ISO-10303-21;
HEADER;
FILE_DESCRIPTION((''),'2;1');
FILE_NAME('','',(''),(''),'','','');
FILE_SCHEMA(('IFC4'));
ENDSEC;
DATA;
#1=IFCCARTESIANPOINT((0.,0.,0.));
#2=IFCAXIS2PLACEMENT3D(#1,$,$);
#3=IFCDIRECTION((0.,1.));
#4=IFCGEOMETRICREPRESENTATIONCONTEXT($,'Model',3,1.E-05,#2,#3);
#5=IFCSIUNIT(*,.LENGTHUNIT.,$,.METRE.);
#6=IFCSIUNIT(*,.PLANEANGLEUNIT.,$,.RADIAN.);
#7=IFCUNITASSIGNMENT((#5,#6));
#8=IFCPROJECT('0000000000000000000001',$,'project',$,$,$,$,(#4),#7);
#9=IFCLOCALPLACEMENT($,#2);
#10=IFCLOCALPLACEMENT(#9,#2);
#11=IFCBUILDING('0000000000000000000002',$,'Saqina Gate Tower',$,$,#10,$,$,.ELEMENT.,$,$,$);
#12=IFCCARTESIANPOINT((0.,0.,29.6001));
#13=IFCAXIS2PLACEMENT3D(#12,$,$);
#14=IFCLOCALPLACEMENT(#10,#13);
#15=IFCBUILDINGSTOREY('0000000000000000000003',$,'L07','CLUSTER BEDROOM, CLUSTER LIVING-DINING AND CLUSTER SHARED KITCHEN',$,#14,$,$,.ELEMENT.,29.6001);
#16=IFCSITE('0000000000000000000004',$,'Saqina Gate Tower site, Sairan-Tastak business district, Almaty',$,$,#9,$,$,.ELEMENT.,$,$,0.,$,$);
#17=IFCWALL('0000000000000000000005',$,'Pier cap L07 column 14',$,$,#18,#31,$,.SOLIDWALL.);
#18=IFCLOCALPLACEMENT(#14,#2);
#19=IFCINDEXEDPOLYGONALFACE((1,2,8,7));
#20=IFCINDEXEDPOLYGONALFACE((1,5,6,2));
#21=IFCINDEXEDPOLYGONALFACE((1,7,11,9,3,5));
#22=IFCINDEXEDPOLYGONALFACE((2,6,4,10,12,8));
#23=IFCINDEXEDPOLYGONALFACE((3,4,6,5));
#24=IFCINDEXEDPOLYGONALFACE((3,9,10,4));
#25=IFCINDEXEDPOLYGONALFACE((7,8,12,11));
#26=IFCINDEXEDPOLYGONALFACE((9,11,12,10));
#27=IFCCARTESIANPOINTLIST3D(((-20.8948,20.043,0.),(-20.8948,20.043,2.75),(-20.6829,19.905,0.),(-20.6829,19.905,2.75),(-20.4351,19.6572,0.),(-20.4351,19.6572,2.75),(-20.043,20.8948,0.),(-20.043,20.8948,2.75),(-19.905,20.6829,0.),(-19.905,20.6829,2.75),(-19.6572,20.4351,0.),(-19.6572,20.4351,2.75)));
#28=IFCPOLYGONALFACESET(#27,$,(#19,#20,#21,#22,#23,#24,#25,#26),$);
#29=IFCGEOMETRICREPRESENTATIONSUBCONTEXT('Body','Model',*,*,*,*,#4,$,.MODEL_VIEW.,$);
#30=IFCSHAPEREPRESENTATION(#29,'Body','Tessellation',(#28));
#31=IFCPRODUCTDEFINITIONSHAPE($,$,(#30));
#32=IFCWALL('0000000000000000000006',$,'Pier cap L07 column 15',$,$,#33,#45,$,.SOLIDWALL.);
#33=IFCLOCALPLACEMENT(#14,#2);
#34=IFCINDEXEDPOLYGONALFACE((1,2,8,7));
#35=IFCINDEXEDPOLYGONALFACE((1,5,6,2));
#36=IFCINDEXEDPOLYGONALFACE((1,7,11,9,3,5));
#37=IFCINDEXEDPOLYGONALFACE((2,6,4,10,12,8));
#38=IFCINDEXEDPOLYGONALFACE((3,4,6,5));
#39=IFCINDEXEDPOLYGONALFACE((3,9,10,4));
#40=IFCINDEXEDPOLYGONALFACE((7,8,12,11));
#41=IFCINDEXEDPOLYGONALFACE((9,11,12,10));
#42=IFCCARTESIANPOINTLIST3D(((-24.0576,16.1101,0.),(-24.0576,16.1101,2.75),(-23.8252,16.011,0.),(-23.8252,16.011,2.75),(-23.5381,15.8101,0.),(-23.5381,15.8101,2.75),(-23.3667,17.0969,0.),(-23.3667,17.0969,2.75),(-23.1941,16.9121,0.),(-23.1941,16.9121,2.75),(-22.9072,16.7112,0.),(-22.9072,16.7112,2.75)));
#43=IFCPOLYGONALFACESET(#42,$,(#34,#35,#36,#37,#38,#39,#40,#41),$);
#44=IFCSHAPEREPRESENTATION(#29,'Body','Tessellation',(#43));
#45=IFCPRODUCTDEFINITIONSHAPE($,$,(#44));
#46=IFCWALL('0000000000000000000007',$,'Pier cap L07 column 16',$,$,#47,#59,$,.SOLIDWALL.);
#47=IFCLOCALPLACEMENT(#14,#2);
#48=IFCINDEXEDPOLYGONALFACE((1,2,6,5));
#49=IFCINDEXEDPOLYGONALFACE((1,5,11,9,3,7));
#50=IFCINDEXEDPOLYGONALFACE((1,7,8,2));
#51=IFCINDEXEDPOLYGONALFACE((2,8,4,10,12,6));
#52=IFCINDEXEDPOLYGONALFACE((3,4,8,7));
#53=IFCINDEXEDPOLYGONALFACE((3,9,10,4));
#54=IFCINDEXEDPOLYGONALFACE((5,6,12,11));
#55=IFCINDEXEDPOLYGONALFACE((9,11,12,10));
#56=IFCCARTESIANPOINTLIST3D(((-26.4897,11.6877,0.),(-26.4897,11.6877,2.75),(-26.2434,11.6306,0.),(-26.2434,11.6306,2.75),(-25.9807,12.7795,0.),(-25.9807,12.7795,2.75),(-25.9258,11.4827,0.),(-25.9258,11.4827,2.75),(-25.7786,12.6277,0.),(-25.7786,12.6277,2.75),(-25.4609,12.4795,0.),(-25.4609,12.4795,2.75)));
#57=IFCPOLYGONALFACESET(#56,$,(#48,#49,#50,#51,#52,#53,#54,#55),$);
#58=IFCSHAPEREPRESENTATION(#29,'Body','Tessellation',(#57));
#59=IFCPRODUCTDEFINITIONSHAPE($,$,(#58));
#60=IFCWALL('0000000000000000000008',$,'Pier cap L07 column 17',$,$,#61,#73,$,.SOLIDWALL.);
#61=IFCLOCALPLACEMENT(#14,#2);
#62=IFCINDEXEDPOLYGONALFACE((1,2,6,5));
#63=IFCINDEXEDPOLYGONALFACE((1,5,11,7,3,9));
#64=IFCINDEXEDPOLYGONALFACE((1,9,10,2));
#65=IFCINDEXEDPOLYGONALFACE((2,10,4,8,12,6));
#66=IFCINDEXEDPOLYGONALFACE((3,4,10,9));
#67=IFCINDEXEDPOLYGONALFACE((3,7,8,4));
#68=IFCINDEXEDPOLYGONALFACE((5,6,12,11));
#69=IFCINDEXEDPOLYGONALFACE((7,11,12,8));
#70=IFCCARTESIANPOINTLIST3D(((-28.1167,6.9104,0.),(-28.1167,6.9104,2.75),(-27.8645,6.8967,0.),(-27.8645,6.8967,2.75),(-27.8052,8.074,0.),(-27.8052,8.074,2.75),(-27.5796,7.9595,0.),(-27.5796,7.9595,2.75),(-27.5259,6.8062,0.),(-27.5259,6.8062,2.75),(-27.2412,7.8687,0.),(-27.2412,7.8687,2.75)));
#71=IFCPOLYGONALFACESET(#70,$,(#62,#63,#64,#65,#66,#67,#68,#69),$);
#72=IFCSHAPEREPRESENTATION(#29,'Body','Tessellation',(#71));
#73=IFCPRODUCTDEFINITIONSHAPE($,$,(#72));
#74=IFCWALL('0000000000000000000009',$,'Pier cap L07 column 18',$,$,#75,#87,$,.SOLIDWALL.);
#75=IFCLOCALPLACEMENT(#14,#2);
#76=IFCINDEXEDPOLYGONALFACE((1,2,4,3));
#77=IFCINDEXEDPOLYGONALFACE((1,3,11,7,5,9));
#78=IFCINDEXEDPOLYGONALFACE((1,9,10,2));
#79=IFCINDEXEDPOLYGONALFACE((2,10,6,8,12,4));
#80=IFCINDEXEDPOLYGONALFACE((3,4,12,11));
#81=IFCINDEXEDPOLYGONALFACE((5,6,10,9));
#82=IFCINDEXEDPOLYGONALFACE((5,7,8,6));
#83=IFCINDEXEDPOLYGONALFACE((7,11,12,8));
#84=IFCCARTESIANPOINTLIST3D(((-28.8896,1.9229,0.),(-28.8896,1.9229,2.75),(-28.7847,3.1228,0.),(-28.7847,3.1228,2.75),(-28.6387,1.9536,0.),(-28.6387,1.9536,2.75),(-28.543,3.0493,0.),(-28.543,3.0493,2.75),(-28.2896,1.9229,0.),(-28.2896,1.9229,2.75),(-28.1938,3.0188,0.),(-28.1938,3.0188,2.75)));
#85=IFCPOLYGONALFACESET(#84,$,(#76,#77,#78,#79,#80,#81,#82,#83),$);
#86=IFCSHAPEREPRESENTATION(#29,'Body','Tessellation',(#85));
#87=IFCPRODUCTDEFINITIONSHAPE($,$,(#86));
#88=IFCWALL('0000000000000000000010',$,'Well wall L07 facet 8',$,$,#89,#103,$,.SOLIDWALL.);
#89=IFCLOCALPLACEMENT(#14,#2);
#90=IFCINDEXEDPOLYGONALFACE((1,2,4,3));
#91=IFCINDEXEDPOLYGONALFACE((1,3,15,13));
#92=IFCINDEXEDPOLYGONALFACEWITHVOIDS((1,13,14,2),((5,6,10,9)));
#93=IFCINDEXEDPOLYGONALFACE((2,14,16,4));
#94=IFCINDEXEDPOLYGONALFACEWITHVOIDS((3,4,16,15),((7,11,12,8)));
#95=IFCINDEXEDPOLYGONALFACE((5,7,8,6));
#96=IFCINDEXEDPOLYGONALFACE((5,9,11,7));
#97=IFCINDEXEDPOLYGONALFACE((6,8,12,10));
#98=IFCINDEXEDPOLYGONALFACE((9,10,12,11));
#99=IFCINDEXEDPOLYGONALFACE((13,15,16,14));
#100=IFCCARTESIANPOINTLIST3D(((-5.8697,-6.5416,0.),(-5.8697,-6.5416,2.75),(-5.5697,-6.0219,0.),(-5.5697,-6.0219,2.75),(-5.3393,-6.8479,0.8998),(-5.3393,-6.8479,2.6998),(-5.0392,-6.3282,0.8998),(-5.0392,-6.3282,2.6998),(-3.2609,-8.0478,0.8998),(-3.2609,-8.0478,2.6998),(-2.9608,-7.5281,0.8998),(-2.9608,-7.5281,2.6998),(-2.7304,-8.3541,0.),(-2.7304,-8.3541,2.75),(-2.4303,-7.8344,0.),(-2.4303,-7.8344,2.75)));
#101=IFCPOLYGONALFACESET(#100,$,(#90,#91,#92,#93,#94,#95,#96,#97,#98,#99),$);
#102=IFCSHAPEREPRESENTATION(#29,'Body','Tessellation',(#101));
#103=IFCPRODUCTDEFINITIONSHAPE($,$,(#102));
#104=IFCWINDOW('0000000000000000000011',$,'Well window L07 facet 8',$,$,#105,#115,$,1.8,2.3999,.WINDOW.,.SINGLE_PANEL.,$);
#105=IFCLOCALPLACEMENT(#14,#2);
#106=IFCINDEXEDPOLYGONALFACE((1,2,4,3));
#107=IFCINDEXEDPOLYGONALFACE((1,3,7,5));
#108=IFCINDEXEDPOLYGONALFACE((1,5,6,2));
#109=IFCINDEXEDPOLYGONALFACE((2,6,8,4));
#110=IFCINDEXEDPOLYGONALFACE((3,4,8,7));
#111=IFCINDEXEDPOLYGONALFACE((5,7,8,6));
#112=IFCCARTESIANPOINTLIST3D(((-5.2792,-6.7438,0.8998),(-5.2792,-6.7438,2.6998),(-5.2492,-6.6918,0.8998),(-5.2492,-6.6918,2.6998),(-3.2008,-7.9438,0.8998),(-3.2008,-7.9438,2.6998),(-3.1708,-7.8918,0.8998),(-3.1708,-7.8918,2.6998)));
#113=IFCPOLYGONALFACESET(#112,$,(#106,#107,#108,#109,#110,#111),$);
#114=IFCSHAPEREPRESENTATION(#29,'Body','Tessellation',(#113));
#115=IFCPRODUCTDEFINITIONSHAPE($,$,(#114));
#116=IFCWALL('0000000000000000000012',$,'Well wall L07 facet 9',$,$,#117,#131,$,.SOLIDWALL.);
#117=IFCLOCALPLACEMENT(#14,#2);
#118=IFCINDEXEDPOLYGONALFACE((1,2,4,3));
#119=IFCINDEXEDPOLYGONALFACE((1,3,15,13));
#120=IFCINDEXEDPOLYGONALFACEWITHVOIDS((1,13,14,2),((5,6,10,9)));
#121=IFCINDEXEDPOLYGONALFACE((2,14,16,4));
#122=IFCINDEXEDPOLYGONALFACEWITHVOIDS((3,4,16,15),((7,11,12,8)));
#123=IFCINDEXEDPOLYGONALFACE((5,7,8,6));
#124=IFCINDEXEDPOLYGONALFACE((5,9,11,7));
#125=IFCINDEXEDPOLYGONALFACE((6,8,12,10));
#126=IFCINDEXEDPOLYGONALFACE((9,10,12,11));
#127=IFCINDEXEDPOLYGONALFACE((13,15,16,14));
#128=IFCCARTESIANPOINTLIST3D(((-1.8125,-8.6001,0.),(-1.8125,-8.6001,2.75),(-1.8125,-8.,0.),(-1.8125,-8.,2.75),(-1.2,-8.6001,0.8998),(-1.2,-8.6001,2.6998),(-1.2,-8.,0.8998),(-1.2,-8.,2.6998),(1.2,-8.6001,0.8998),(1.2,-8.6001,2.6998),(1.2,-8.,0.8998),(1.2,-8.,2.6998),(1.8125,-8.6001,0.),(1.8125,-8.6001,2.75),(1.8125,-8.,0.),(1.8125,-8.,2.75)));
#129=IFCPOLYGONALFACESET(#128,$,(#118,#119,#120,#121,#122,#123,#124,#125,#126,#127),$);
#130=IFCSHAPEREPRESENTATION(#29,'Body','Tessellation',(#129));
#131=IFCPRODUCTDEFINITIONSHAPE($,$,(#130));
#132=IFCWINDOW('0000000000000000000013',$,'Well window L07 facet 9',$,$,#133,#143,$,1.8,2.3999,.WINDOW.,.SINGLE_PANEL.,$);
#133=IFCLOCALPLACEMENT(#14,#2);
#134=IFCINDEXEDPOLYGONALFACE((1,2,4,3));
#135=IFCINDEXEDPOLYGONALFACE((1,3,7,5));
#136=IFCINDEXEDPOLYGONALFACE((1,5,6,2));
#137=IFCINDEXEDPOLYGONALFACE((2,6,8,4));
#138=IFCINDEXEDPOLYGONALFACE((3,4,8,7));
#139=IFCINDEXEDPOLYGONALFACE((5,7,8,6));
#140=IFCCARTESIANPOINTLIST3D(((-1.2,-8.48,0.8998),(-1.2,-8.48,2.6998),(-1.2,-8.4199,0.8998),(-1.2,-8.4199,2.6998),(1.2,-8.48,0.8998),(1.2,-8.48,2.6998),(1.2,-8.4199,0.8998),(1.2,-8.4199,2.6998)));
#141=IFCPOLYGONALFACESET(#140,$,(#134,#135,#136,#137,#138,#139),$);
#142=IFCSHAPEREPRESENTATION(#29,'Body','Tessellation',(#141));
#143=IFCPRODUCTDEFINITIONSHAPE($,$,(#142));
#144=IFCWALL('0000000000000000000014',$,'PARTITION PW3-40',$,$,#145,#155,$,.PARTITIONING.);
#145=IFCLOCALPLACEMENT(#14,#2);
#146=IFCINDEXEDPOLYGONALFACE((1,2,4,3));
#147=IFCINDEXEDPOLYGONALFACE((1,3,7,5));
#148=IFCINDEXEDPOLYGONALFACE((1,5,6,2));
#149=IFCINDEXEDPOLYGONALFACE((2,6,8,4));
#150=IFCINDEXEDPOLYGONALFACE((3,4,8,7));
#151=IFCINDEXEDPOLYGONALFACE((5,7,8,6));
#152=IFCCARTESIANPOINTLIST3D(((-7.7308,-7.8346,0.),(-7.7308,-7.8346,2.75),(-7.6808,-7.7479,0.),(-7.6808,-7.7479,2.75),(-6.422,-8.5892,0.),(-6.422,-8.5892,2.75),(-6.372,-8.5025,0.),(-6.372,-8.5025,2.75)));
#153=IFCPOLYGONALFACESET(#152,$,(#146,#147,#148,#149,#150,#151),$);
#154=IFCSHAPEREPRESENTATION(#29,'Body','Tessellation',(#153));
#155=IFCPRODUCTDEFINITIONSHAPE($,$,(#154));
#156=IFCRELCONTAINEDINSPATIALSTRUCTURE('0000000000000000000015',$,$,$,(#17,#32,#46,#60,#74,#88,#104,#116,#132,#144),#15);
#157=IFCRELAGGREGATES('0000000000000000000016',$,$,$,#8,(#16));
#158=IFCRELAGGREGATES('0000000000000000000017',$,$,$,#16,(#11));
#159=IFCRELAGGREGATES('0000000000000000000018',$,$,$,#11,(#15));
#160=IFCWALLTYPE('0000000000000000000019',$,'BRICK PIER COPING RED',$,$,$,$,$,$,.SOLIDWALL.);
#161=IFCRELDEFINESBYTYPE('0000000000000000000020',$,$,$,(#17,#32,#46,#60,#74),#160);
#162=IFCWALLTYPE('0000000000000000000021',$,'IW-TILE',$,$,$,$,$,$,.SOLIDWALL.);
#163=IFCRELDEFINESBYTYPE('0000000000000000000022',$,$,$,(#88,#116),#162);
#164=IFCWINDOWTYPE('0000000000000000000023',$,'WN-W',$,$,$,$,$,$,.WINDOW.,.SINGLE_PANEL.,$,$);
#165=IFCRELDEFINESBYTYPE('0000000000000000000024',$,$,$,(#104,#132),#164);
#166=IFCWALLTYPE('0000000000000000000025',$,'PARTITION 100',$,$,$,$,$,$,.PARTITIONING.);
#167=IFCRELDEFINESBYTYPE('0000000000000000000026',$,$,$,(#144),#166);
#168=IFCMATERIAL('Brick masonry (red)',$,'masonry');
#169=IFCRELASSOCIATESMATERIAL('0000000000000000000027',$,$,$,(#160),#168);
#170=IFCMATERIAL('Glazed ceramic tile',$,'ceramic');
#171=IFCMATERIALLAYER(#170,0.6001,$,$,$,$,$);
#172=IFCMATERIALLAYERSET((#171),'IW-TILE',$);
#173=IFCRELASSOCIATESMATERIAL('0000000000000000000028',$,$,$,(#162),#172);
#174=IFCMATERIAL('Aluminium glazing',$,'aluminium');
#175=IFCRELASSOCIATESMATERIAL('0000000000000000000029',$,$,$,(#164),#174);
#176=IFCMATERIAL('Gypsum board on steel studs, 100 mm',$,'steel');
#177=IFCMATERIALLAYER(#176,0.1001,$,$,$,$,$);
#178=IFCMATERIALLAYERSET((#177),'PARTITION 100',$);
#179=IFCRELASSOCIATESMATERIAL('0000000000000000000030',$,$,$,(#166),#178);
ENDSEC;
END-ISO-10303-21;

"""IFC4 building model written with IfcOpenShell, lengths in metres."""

from ifc_helpers import new_model, si_unit, direction, frame, frame_2d, origin, place, context, subcontext, project, spatial, polyline, rectangle, outline, extrude, material, layer, layer_set, type_object, element, fill, save


model = new_model("IFC4")

# Units and contexts
model_context = context("Model", 3, precision=1e-05, world=origin(), true_north=direction((0.0, 1.0)))
body_context = subcontext(model_context, "Body", "Model", "MODEL_VIEW")
ifc_project = project(units=[si_unit("LENGTHUNIT", "METRE"), si_unit("PLANEANGLEUNIT", "RADIAN")], contexts=[model_context])

# Site, building, storey
site_placement = place(None, origin())
site = spatial("IfcSite", under=ifc_project, at=site_placement, Name="Saqina Gate Tower site, Sairan-Tastak business district, Almaty", CompositionType="ELEMENT", RefElevation=0.0)
building_placement = place(site_placement, origin())
building = spatial("IfcBuilding", under=site, at=building_placement, Name="Saqina Gate Tower", CompositionType="ELEMENT")
storey_placement = place(building_placement, frame((0.0, 0.0, 29.6001)))
storey = spatial("IfcBuildingStorey", under=building, at=storey_placement, Name="L07", Description="CLUSTER BEDROOM, CLUSTER LIVING-DINING AND CLUSTER SHARED KITCHEN", CompositionType="ELEMENT", Elevation=29.6001)

# Walls
ifc_material_1 = material(Name="Brick masonry (red)", Category="masonry")
wall_type_1 = type_object("IfcWallType", Name="BRICK PIER COPING RED", PredefinedType="SOLIDWALL", material=ifc_material_1)
wall_1_placement = place(storey_placement, origin())
element("IfcWall", 1, at=wall_1_placement, inside=storey, type_object=wall_type_1, Name="Pier cap L07 column 14", PredefinedType="SOLIDWALL", context=body_context, shape_type="SweptSolid", body=[
    extrude(outline(polyline([(-20.8948, 20.043), (-20.4351, 19.6572), (-20.6829, 19.905), (-19.905, 20.6829), (-19.6572, 20.4351), (-20.043, 20.8948), (-20.8948, 20.043)])), origin(), (0.0, 0.0, 1.0), 2.75),
])
wall_2_placement = place(storey_placement, origin())
element("IfcWall", 2, at=wall_2_placement, inside=storey, type_object=wall_type_1, Name="Pier cap L07 column 15", PredefinedType="SOLIDWALL", context=body_context, shape_type="SweptSolid", body=[
    extrude(outline(polyline([(-23.3667, 17.0969), (-24.0576, 16.1101), (-23.5381, 15.8101), (-23.8252, 16.011), (-23.1941, 16.9121), (-22.9072, 16.7112), (-23.3667, 17.0969)])), origin(), (0.0, 0.0, 1.0), 2.75),
])
wall_3_placement = place(storey_placement, origin())
element("IfcWall", 3, at=wall_3_placement, inside=storey, type_object=wall_type_1, Name="Pier cap L07 column 16", PredefinedType="SOLIDWALL", context=body_context, shape_type="SweptSolid", body=[
    extrude(outline(polyline([(-26.4897, 11.6877), (-25.9258, 11.4827), (-26.2434, 11.6306), (-25.7786, 12.6277), (-25.4609, 12.4795), (-25.9807, 12.7795), (-26.4897, 11.6877)])), origin(), (0.0, 0.0, 1.0), 2.75),
])
wall_4_placement = place(storey_placement, origin())
element("IfcWall", 4, at=wall_4_placement, inside=storey, type_object=wall_type_1, Name="Pier cap L07 column 17", PredefinedType="SOLIDWALL", context=body_context, shape_type="SweptSolid", body=[
    extrude(outline(polyline([(-28.1167, 6.9104), (-27.5259, 6.8062), (-27.8645, 6.8967), (-27.5796, 7.9595), (-27.2412, 7.8687), (-27.8052, 8.074), (-28.1167, 6.9104)])), origin(), (0.0, 0.0, 1.0), 2.75),
])
wall_5_placement = place(storey_placement, origin())
element("IfcWall", 5, at=wall_5_placement, inside=storey, type_object=wall_type_1, Name="Pier cap L07 column 18", PredefinedType="SOLIDWALL", context=body_context, shape_type="SweptSolid", body=[
    extrude(outline(polyline([(-28.7847, 3.1228), (-28.8896, 1.9229), (-28.2896, 1.9229), (-28.6387, 1.9536), (-28.543, 3.0493), (-28.1938, 3.0188), (-28.7847, 3.1228)])), origin(), (0.0, 0.0, 1.0), 2.75),
])

# Walls, openings, windows
ifc_material_2 = material(Name="Glazed ceramic tile", Category="ceramic")
ifc_layer_1 = layer(ifc_material_2, 0.6001)
ifc_layer_set_1 = layer_set([ifc_layer_1], Name="IW-TILE")
wall_type_2 = type_object("IfcWallType", Name="IW-TILE", PredefinedType="SOLIDWALL", material=ifc_layer_set_1)
wall_6_placement = place(storey_placement, frame((-5.7197, -6.2817, 0.0), z_axis=(0.0, 0.0, 1.0), x_axis=(0.86603, -0.499993, 0.0)))
wall_6 = element("IfcWall", 6, at=wall_6_placement, inside=storey, type_object=wall_type_2, Name="Well wall L07 facet 8", PredefinedType="SOLIDWALL", context=body_context, shape_type="SweptSolid", body=[
    extrude(rectangle(XDim=3.625, YDim=0.6001, at=frame_2d((1.8125, 0.0))), origin(), (0.0, 0.0, 1.0), 2.75),
])
opening_1_placement = place(wall_6_placement, frame((0.6125, 0.0, 0.8999)))
opening_1 = element("IfcOpeningElement", 7, at=opening_1_placement, cuts=wall_6, PredefinedType="OPENING", context=body_context, shape_type="SweptSolid", body=[
    extrude(rectangle(XDim=2.3999, YDim=1.8, at=frame_2d((1.2, 0.8999))), frame((0.0, 0.312, 0.0), z_axis=(0.0, -1.0, 0.0), x_axis=(1.0, 0.0, 0.0)), (0.0, 0.0, 1.0), 0.624),
])
ifc_material_3 = material(Name="Aluminium glazing", Category="aluminium")
window_type = type_object("IfcWindowType", Name="WN-W", PartitioningType="SINGLE_PANEL", PredefinedType="WINDOW", material=ifc_material_3)
window_1_placement = place(opening_1_placement, origin())
window_1 = element("IfcWindow", 8, at=window_1_placement, inside=storey, type_object=window_type, Name="Well window L07 facet 8", OverallHeight=1.8, OverallWidth=2.3999, PartitioningType="SINGLE_PANEL", PredefinedType="WINDOW", context=body_context, shape_type="SweptSolid", body=[
    extrude(rectangle(XDim=2.3999, YDim=1.8, at=frame_2d((1.2, 0.8999))), frame((0.0, -0.1199, 0.0), z_axis=(0.0, -1.0, 0.0), x_axis=(1.0, 0.0, 0.0)), (0.0, 0.0, 1.0), 0.0601),
])
fill(opening_1, window_1)
wall_7_placement = place(storey_placement, frame((-1.8125, -8.3, 0.0), z_axis=(0.0, 0.0, 1.0), x_axis=(1.0, 0.0, 0.0)))
wall_7 = element("IfcWall", 9, at=wall_7_placement, inside=storey, type_object=wall_type_2, Name="Well wall L07 facet 9", PredefinedType="SOLIDWALL", context=body_context, shape_type="SweptSolid", body=[
    extrude(rectangle(XDim=3.625, YDim=0.6001, at=frame_2d((1.8125, 0.0))), origin(), (0.0, 0.0, 1.0), 2.75),
])
opening_2_placement = place(wall_7_placement, frame((0.6125, 0.0, 0.8999)))
opening_2 = element("IfcOpeningElement", 10, at=opening_2_placement, cuts=wall_7, PredefinedType="OPENING", context=body_context, shape_type="SweptSolid", body=[
    extrude(rectangle(XDim=2.3999, YDim=1.8, at=frame_2d((1.2, 0.8999))), frame((0.0, 0.312, 0.0), z_axis=(0.0, -1.0, 0.0), x_axis=(1.0, 0.0, 0.0)), (0.0, 0.0, 1.0), 0.624),
])
window_2_placement = place(opening_2_placement, origin())
window_2 = element("IfcWindow", 11, at=window_2_placement, inside=storey, type_object=window_type, Name="Well window L07 facet 9", OverallHeight=1.8, OverallWidth=2.3999, PartitioningType="SINGLE_PANEL", PredefinedType="WINDOW", context=body_context, shape_type="SweptSolid", body=[
    extrude(rectangle(XDim=2.3999, YDim=1.8, at=frame_2d((1.2, 0.8999))), frame((0.0, -0.1199, 0.0), z_axis=(0.0, -1.0, 0.0), x_axis=(1.0, 0.0, 0.0)), (0.0, 0.0, 1.0), 0.0601),
])
fill(opening_2, window_2)

# Wall
ifc_material_4 = material(Name="Gypsum board on steel studs, 100 mm", Category="steel")
ifc_layer_2 = layer(ifc_material_4, 0.1001)
ifc_layer_set_2 = layer_set([ifc_layer_2], Name="PARTITION 100")
wall_type_3 = type_object("IfcWallType", Name="PARTITION 100", PredefinedType="PARTITIONING", material=ifc_layer_set_2)
wall_8_placement = place(storey_placement, frame((-7.7058, -7.7913, 0.0), z_axis=(0.0, 0.0, 1.0), x_axis=(0.866317, -0.499494, 0.0)))
element("IfcWall", 12, at=wall_8_placement, inside=storey, type_object=wall_type_3, Name="PARTITION PW3-40", PredefinedType="PARTITIONING", context=body_context, shape_type="SweptSolid", body=[
    extrude(rectangle(XDim=1.5107, YDim=0.1001, at=frame_2d((0.7554, 0.0))), origin(), (0.0, 0.0, 1.0), 2.75),
])

save(model, "model.ifc")
